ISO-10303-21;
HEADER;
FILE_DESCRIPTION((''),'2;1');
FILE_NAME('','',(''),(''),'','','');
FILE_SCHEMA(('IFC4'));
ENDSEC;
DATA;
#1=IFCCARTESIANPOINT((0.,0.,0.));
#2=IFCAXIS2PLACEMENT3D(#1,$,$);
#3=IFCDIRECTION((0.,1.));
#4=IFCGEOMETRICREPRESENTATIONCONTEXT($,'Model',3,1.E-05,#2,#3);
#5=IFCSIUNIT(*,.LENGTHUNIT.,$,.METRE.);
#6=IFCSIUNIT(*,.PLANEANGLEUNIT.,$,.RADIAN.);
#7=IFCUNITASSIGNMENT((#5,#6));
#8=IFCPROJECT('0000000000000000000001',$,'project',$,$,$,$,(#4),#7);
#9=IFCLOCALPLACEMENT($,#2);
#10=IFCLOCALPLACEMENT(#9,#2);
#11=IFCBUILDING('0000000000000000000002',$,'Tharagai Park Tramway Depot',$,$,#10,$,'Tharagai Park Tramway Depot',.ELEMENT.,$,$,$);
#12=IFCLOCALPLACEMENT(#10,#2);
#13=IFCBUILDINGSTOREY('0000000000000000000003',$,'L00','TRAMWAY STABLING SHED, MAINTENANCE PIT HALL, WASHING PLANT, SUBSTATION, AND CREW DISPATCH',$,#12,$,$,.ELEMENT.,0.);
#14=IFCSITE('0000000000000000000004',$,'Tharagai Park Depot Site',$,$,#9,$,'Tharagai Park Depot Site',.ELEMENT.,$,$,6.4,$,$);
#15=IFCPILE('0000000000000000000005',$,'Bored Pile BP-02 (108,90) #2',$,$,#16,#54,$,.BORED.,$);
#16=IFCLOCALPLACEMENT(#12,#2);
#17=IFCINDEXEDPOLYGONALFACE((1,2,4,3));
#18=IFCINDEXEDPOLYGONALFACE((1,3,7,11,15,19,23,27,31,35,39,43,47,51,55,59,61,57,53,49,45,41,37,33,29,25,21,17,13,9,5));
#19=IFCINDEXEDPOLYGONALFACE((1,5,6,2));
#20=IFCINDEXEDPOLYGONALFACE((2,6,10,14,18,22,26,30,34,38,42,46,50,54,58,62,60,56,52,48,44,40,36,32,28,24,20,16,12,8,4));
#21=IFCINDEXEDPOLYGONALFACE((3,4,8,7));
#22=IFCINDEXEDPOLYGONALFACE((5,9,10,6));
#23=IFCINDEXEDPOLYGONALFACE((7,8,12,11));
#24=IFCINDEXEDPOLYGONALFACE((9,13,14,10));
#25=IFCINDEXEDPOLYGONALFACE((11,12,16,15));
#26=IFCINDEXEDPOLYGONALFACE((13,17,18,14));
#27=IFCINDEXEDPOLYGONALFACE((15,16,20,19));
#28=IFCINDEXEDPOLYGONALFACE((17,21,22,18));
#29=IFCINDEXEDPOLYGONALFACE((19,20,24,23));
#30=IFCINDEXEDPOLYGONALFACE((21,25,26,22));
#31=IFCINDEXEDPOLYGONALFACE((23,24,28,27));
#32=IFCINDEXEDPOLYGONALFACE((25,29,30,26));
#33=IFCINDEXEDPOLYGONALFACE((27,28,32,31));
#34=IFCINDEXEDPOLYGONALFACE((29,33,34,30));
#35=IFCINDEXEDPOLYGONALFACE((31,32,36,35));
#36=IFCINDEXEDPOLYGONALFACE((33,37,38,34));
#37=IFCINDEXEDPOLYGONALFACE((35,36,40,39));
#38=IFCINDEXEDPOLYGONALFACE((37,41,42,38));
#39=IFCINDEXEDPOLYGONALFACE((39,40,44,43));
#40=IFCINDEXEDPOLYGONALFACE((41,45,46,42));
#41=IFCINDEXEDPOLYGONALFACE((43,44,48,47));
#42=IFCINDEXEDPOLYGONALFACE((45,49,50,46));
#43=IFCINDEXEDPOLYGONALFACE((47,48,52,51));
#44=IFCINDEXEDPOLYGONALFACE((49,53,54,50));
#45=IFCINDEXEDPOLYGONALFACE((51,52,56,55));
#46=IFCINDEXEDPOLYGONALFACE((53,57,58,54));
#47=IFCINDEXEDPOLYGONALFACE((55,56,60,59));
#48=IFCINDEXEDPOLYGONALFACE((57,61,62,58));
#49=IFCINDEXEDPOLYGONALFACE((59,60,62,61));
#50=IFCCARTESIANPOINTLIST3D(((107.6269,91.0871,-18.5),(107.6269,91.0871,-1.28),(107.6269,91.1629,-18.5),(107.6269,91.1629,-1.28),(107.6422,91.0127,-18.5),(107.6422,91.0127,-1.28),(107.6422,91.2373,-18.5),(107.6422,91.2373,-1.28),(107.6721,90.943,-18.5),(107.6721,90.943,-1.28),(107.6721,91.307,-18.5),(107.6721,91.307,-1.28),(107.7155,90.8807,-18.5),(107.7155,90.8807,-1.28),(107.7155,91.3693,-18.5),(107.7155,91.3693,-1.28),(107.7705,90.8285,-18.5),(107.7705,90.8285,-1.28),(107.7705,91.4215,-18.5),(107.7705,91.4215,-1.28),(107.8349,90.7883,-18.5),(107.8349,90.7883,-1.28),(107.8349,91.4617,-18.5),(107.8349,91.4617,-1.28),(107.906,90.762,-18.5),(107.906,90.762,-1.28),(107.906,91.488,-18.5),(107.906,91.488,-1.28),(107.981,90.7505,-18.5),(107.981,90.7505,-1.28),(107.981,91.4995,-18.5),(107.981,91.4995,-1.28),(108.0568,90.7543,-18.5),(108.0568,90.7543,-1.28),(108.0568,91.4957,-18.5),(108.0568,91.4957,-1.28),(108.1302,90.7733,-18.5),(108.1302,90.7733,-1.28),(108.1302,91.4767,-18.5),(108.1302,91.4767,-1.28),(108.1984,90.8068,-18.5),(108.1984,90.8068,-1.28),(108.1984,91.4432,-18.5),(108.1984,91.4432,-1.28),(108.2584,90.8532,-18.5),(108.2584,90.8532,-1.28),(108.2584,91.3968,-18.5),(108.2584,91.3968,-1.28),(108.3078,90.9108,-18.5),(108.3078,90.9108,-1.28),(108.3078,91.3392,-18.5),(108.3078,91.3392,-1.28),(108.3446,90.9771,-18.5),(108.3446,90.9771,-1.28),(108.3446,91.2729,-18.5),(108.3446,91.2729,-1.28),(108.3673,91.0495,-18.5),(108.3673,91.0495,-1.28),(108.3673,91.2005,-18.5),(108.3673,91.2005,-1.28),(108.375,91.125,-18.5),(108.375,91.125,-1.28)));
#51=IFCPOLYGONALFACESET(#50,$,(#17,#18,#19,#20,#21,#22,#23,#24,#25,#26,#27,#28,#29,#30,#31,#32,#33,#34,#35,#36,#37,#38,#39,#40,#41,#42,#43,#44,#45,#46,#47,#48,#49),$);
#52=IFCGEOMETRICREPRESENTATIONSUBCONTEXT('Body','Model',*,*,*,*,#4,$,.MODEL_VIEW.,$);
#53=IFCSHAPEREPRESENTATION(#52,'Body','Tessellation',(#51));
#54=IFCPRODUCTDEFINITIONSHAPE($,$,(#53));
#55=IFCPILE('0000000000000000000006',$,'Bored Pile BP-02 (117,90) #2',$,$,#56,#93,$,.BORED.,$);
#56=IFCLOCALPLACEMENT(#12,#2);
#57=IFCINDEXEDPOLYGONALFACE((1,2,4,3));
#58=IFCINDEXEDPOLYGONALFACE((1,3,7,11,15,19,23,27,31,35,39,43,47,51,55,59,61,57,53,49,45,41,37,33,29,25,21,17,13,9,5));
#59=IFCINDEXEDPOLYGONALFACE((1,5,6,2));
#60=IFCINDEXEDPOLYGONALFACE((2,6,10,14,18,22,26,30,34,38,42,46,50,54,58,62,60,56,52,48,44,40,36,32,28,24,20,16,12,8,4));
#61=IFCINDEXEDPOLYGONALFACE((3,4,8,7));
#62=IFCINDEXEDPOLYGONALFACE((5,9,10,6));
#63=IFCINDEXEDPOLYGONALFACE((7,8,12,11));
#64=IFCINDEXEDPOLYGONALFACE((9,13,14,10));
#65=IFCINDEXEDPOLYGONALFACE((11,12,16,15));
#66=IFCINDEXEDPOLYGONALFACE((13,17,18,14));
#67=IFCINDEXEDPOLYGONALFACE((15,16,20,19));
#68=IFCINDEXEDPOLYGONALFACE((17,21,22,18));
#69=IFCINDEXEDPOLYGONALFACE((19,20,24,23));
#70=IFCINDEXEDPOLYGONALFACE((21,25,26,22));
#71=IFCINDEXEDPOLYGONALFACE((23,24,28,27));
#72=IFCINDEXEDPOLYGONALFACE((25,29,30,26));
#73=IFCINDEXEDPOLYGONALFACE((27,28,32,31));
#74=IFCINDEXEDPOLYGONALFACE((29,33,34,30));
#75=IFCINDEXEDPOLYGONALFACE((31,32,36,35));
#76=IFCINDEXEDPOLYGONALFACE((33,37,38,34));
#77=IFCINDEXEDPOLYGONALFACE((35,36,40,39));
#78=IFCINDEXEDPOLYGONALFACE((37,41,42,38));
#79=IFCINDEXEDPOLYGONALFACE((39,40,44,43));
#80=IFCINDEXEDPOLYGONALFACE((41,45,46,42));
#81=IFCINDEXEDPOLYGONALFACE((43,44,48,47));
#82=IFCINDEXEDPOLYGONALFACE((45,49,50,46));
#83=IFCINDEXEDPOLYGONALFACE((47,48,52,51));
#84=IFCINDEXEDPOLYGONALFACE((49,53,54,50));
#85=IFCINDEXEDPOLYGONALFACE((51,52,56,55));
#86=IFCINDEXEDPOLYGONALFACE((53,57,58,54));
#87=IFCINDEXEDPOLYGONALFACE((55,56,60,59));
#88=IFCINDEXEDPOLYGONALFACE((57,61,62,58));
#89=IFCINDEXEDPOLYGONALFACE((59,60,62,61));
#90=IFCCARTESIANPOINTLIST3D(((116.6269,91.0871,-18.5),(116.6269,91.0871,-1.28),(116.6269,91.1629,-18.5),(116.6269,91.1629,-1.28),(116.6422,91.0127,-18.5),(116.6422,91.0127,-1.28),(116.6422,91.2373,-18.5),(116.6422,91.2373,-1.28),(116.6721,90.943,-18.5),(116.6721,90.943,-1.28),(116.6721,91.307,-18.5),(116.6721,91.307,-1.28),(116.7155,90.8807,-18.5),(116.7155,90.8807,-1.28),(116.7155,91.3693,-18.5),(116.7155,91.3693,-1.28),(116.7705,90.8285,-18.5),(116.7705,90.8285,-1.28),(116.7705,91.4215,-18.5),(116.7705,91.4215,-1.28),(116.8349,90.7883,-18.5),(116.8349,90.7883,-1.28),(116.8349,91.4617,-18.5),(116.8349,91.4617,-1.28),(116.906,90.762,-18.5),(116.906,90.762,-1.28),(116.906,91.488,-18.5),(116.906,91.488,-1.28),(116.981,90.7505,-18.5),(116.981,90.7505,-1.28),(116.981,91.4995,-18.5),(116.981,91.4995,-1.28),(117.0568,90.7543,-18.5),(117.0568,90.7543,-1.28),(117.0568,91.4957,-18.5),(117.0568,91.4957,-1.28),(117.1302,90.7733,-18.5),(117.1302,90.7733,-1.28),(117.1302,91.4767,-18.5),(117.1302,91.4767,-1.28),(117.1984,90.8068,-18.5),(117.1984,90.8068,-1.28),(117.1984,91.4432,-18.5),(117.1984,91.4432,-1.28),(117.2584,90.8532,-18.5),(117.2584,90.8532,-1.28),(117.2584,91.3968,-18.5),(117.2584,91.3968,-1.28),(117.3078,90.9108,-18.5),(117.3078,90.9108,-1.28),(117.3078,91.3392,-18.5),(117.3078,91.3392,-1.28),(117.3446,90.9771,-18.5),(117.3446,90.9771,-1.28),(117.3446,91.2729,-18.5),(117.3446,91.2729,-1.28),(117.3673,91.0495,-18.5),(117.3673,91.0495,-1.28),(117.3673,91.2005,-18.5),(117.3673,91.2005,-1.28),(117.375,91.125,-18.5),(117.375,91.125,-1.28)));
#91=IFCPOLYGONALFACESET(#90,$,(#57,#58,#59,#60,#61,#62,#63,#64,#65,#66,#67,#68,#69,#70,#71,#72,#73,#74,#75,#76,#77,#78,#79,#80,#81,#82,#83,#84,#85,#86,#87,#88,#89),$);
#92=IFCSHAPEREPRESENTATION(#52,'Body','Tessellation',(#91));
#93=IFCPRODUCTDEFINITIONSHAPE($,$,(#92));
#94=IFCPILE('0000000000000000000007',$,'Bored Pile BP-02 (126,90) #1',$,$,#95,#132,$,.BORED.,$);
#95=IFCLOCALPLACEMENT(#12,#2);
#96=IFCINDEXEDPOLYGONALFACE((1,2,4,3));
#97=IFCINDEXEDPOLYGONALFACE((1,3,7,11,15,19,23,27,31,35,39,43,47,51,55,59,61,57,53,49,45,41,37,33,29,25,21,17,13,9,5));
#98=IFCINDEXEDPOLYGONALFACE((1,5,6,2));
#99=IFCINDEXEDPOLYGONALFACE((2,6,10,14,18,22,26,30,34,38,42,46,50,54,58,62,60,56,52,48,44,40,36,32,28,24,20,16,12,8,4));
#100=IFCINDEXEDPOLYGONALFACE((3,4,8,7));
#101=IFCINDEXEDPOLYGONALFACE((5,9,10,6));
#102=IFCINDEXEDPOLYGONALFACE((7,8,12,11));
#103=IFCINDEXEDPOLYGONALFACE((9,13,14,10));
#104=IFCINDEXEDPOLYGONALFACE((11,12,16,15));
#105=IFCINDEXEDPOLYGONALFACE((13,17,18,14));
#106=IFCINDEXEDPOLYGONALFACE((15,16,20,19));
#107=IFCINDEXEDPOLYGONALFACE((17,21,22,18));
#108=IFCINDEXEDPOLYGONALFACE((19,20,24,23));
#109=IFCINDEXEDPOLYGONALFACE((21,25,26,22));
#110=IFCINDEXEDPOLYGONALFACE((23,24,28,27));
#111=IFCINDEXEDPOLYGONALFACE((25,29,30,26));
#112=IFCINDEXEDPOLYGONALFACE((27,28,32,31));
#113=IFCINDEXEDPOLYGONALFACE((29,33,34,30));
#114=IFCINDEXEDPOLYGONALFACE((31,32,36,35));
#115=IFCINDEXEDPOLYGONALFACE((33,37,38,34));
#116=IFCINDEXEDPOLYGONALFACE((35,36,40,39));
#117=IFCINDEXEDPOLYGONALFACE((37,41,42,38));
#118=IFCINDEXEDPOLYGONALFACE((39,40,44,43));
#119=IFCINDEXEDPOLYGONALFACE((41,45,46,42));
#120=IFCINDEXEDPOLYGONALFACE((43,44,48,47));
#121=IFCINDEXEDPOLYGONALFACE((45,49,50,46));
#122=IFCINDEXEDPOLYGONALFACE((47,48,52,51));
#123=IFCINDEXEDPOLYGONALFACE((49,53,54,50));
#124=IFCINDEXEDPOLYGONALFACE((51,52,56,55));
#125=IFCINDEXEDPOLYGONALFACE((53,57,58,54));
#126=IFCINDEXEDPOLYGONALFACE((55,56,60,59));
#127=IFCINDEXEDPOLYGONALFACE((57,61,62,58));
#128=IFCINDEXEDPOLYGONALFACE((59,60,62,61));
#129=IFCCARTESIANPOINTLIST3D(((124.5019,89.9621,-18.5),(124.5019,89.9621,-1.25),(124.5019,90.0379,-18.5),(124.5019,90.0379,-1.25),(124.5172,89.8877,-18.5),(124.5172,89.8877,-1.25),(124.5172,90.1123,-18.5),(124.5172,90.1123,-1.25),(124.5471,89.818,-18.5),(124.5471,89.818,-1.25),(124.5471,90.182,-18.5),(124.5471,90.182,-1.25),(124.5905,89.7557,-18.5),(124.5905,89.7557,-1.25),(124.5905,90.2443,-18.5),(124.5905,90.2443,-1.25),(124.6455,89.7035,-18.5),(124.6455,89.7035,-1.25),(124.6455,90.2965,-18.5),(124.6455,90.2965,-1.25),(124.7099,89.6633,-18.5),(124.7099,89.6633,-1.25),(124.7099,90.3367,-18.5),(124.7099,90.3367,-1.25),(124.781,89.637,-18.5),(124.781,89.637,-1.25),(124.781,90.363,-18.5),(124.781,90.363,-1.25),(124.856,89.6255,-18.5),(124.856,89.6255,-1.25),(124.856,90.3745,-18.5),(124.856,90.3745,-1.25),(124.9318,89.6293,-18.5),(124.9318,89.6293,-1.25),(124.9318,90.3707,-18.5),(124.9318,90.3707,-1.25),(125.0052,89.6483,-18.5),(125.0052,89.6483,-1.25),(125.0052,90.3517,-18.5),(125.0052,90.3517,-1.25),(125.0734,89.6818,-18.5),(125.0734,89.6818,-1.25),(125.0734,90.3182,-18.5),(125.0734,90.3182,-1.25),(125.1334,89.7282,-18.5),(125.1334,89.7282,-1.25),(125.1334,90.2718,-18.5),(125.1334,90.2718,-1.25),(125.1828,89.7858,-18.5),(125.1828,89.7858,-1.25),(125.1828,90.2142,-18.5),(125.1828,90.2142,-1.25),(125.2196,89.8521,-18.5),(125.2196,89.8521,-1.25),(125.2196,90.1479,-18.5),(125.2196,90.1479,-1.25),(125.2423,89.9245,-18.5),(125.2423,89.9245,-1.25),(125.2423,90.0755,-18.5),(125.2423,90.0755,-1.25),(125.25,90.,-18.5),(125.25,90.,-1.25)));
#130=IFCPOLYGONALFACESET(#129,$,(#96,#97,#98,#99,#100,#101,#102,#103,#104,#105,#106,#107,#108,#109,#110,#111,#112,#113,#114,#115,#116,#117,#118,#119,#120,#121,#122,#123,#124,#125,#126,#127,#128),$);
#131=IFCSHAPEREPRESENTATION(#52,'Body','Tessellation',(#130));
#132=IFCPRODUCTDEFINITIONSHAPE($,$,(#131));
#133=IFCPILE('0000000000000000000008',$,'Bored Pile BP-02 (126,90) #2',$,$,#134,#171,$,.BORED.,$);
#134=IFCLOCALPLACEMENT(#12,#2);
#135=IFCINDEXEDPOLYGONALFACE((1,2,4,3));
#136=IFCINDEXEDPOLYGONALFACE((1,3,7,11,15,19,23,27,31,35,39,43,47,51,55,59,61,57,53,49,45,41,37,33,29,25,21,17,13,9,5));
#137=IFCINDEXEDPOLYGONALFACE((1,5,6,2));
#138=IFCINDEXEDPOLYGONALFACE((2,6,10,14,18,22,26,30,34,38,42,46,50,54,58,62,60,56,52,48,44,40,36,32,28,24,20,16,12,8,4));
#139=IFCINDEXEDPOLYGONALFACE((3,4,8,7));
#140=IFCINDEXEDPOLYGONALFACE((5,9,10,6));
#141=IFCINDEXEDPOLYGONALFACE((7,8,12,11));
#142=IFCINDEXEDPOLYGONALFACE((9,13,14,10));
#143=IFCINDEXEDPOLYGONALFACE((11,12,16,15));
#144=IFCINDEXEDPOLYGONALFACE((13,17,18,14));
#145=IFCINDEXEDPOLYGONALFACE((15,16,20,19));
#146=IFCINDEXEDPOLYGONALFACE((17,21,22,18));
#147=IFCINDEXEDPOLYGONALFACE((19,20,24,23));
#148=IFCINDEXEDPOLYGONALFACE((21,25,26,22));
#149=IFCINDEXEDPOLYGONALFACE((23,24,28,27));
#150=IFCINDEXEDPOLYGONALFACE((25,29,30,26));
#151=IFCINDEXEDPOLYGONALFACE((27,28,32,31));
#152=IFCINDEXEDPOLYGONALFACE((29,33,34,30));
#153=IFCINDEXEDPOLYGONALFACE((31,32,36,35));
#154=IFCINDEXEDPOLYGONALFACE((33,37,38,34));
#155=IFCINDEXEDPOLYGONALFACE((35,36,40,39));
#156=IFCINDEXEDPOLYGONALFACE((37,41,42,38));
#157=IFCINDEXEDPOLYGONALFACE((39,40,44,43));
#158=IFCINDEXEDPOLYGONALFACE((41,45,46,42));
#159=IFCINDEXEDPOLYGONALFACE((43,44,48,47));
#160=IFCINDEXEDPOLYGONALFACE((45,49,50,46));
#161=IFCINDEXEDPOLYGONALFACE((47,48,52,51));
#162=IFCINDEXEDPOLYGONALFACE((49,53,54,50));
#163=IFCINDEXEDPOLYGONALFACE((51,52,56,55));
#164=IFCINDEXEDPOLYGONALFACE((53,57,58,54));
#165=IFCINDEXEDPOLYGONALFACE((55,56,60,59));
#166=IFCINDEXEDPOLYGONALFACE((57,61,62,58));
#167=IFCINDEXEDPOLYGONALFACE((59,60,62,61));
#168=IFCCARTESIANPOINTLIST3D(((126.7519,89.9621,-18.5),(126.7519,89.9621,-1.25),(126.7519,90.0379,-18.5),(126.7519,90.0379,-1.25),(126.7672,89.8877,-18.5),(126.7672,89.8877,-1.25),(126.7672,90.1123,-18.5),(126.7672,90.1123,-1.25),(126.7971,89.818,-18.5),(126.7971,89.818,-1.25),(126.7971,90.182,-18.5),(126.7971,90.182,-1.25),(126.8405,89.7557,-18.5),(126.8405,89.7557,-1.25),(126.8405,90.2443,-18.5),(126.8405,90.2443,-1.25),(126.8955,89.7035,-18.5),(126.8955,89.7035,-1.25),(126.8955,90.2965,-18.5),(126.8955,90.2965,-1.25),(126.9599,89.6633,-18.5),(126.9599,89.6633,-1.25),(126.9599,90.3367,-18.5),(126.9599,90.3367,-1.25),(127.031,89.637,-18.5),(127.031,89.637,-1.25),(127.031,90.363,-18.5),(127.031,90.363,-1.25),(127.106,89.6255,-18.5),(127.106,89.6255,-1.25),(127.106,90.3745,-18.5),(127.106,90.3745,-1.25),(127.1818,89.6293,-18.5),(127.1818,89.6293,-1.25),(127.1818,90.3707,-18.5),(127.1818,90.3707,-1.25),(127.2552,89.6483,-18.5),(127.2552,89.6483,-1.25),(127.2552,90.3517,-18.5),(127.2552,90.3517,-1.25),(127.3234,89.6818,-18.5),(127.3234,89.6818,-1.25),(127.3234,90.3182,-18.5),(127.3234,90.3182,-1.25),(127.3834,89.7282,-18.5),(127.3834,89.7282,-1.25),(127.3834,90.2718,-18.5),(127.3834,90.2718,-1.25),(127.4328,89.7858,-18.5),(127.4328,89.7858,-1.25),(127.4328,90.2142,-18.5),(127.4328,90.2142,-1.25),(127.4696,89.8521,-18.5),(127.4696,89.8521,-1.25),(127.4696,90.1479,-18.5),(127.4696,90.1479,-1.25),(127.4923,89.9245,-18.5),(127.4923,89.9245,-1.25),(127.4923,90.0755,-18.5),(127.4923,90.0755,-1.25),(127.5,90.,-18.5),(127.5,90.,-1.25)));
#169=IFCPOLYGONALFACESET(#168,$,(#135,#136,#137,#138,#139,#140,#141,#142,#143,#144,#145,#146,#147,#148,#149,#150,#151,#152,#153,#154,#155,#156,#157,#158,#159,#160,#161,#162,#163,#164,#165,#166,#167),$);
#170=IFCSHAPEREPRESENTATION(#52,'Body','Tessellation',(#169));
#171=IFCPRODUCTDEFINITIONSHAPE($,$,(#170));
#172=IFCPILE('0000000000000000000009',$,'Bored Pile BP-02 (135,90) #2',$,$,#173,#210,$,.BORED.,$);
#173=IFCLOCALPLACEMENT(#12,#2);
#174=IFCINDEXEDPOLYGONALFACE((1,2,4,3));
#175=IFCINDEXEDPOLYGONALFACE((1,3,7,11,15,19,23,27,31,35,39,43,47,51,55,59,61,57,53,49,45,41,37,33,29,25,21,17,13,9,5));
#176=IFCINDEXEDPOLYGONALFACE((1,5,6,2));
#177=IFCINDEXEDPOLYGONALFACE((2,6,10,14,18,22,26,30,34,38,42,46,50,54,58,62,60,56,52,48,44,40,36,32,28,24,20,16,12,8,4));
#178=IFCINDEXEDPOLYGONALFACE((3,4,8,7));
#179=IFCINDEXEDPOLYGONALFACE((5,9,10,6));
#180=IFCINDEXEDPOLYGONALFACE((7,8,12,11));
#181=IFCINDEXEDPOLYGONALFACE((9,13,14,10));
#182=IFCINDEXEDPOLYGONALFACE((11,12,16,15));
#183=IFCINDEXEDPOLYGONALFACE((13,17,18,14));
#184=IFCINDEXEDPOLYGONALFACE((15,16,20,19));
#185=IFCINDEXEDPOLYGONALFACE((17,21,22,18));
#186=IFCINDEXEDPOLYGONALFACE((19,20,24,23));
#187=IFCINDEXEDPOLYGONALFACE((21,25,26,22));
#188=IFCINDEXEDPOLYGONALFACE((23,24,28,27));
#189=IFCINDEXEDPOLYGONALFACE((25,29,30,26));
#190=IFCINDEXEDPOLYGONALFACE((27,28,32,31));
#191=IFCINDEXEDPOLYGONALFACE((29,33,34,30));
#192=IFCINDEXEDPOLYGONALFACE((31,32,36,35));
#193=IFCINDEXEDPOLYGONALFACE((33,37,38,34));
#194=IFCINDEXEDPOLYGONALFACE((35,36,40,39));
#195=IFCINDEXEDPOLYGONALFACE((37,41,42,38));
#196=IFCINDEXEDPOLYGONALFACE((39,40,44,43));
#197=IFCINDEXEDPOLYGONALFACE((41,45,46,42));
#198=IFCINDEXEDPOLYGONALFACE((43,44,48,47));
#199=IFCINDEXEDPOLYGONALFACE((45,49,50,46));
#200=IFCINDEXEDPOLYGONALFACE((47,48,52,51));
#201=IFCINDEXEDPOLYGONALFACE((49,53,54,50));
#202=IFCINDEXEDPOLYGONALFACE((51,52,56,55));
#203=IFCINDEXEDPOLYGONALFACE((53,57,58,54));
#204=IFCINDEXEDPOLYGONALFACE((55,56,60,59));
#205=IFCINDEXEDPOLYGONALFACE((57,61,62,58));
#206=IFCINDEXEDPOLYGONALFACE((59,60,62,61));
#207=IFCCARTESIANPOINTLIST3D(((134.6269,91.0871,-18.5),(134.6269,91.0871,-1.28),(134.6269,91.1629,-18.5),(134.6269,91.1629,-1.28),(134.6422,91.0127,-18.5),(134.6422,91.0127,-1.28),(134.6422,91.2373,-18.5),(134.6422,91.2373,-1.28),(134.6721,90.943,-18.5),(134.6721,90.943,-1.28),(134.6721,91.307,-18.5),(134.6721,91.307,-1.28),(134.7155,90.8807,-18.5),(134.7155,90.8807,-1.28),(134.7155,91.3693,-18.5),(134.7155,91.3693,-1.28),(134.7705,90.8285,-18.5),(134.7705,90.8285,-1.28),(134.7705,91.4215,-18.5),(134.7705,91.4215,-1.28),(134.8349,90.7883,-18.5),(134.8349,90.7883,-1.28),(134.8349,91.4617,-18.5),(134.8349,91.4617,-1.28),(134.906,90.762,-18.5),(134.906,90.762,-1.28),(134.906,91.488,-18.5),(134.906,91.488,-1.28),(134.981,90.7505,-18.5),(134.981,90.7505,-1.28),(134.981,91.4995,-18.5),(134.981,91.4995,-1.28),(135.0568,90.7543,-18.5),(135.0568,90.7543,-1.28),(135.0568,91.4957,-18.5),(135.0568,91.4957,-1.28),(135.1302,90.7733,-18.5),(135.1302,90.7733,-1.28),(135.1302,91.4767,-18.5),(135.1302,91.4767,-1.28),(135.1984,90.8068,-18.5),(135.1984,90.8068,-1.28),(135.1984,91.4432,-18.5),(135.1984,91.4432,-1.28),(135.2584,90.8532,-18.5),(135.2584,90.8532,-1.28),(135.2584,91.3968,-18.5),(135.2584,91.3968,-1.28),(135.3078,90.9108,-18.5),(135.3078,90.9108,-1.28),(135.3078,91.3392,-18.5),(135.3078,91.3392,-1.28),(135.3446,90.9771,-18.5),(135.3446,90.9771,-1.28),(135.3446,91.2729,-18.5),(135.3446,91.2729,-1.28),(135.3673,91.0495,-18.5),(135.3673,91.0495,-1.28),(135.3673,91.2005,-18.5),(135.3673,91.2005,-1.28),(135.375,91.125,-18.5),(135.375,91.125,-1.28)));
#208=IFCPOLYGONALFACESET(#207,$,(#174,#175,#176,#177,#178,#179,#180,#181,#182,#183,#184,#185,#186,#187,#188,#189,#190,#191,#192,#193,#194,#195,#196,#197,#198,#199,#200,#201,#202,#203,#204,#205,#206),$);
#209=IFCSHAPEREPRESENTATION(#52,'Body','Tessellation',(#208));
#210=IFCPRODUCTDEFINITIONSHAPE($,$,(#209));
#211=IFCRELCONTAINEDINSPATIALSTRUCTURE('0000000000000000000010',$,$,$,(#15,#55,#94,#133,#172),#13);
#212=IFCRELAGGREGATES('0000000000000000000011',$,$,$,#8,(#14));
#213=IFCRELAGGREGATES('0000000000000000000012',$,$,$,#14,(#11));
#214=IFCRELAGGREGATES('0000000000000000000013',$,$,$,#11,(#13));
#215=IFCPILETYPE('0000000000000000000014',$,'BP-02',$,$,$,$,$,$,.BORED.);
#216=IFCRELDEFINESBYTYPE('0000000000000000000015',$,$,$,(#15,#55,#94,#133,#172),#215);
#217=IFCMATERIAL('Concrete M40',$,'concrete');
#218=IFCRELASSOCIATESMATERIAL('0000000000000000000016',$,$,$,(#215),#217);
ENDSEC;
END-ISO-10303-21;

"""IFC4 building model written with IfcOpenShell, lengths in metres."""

from ifc_helpers import new_model, si_unit, direction, frame, origin, origin_2d, place, context, subcontext, project, spatial, circle, extrude, material, material_profile, profile_set, type_object, element, save


model = new_model("IFC4")

# Units and contexts
model_context = context("Model", 3, precision=1e-05, world=origin(), true_north=direction((0.0, 1.0)))
body_context = subcontext(model_context, "Body", "Model", "MODEL_VIEW")
ifc_project = project(units=[si_unit("LENGTHUNIT", "METRE"), si_unit("PLANEANGLEUNIT", "RADIAN")], contexts=[model_context])

# Site, building, storey
site_placement = place(None, origin())
site = spatial("IfcSite", under=ifc_project, at=site_placement, Name="Tharagai Park Depot Site", LongName="Tharagai Park Depot Site", CompositionType="ELEMENT", RefElevation=6.4)
building_placement = place(site_placement, origin())
building = spatial("IfcBuilding", under=site, at=building_placement, Name="Tharagai Park Tramway Depot", LongName="Tharagai Park Tramway Depot", CompositionType="ELEMENT")
storey_placement = place(building_placement, origin())
storey = spatial("IfcBuildingStorey", under=building, at=storey_placement, Name="L00", Description="TRAMWAY STABLING SHED, MAINTENANCE PIT HALL, WASHING PLANT, SUBSTATION, AND CREW DISPATCH", CompositionType="ELEMENT", Elevation=0.0)

# Piles
ifc_material_1 = material(Name="Concrete M40", Category="concrete")
ifc_material_profile_1 = material_profile(ifc_material_1, circle(Radius=0.375, at=origin_2d()), Name="PILE D750")
ifc_profile_set_1 = profile_set([ifc_material_profile_1], Name="Concrete M40")
pile_type = type_object("IfcPileType", Name="BP-02", PredefinedType="BORED", material=ifc_profile_set_1)
for number, where, z_axis, x_axis, name in (
    (1, (108.0, 91.125, -1.28), (0.0, 0.0, -1.0), (1.0, 0.0, 0.0), "Bored Pile BP-02 (108,90) #2"),
    (2, (117.0, 91.125, -1.28), (0.0, 0.0, -1.0), (1.0, 0.0, 0.0), "Bored Pile BP-02 (117,90) #2"),
):
    element("IfcPile", number, at=place(storey_placement, frame(where, z_axis=z_axis, x_axis=x_axis)), inside=storey, type_object=pile_type, Name=name, PredefinedType="BORED", context=body_context, shape_type="SweptSolid", body=[
        extrude(circle(Radius=0.375, at=origin_2d()), origin(), (0.0, 0.0, 1.0), 17.22),
    ])
for number, where, z_axis, x_axis, name in (
    (3, (124.875, 90.0, -1.25), (0.0, 0.0, -1.0), (1.0, 0.0, 0.0), "Bored Pile BP-02 (126,90) #1"),
    (4, (127.125, 90.0, -1.25), (0.0, 0.0, -1.0), (1.0, 0.0, 0.0), "Bored Pile BP-02 (126,90) #2"),
):
    element("IfcPile", number, at=place(storey_placement, frame(where, z_axis=z_axis, x_axis=x_axis)), inside=storey, type_object=pile_type, Name=name, PredefinedType="BORED", context=body_context, shape_type="SweptSolid", body=[
        extrude(circle(Radius=0.375, at=origin_2d()), origin(), (0.0, 0.0, 1.0), 17.25),
    ])
for number, where, z_axis, x_axis, name in (
    (5, (135.0, 91.125, -1.28), (0.0, 0.0, -1.0), (1.0, 0.0, 0.0), "Bored Pile BP-02 (135,90) #2"),
):
    element("IfcPile", number, at=place(storey_placement, frame(where, z_axis=z_axis, x_axis=x_axis)), inside=storey, type_object=pile_type, Name=name, PredefinedType="BORED", context=body_context, shape_type="SweptSolid", body=[
        extrude(circle(Radius=0.375, at=origin_2d()), origin(), (0.0, 0.0, 1.0), 17.22),
    ])

save(model, "model.ifc")
